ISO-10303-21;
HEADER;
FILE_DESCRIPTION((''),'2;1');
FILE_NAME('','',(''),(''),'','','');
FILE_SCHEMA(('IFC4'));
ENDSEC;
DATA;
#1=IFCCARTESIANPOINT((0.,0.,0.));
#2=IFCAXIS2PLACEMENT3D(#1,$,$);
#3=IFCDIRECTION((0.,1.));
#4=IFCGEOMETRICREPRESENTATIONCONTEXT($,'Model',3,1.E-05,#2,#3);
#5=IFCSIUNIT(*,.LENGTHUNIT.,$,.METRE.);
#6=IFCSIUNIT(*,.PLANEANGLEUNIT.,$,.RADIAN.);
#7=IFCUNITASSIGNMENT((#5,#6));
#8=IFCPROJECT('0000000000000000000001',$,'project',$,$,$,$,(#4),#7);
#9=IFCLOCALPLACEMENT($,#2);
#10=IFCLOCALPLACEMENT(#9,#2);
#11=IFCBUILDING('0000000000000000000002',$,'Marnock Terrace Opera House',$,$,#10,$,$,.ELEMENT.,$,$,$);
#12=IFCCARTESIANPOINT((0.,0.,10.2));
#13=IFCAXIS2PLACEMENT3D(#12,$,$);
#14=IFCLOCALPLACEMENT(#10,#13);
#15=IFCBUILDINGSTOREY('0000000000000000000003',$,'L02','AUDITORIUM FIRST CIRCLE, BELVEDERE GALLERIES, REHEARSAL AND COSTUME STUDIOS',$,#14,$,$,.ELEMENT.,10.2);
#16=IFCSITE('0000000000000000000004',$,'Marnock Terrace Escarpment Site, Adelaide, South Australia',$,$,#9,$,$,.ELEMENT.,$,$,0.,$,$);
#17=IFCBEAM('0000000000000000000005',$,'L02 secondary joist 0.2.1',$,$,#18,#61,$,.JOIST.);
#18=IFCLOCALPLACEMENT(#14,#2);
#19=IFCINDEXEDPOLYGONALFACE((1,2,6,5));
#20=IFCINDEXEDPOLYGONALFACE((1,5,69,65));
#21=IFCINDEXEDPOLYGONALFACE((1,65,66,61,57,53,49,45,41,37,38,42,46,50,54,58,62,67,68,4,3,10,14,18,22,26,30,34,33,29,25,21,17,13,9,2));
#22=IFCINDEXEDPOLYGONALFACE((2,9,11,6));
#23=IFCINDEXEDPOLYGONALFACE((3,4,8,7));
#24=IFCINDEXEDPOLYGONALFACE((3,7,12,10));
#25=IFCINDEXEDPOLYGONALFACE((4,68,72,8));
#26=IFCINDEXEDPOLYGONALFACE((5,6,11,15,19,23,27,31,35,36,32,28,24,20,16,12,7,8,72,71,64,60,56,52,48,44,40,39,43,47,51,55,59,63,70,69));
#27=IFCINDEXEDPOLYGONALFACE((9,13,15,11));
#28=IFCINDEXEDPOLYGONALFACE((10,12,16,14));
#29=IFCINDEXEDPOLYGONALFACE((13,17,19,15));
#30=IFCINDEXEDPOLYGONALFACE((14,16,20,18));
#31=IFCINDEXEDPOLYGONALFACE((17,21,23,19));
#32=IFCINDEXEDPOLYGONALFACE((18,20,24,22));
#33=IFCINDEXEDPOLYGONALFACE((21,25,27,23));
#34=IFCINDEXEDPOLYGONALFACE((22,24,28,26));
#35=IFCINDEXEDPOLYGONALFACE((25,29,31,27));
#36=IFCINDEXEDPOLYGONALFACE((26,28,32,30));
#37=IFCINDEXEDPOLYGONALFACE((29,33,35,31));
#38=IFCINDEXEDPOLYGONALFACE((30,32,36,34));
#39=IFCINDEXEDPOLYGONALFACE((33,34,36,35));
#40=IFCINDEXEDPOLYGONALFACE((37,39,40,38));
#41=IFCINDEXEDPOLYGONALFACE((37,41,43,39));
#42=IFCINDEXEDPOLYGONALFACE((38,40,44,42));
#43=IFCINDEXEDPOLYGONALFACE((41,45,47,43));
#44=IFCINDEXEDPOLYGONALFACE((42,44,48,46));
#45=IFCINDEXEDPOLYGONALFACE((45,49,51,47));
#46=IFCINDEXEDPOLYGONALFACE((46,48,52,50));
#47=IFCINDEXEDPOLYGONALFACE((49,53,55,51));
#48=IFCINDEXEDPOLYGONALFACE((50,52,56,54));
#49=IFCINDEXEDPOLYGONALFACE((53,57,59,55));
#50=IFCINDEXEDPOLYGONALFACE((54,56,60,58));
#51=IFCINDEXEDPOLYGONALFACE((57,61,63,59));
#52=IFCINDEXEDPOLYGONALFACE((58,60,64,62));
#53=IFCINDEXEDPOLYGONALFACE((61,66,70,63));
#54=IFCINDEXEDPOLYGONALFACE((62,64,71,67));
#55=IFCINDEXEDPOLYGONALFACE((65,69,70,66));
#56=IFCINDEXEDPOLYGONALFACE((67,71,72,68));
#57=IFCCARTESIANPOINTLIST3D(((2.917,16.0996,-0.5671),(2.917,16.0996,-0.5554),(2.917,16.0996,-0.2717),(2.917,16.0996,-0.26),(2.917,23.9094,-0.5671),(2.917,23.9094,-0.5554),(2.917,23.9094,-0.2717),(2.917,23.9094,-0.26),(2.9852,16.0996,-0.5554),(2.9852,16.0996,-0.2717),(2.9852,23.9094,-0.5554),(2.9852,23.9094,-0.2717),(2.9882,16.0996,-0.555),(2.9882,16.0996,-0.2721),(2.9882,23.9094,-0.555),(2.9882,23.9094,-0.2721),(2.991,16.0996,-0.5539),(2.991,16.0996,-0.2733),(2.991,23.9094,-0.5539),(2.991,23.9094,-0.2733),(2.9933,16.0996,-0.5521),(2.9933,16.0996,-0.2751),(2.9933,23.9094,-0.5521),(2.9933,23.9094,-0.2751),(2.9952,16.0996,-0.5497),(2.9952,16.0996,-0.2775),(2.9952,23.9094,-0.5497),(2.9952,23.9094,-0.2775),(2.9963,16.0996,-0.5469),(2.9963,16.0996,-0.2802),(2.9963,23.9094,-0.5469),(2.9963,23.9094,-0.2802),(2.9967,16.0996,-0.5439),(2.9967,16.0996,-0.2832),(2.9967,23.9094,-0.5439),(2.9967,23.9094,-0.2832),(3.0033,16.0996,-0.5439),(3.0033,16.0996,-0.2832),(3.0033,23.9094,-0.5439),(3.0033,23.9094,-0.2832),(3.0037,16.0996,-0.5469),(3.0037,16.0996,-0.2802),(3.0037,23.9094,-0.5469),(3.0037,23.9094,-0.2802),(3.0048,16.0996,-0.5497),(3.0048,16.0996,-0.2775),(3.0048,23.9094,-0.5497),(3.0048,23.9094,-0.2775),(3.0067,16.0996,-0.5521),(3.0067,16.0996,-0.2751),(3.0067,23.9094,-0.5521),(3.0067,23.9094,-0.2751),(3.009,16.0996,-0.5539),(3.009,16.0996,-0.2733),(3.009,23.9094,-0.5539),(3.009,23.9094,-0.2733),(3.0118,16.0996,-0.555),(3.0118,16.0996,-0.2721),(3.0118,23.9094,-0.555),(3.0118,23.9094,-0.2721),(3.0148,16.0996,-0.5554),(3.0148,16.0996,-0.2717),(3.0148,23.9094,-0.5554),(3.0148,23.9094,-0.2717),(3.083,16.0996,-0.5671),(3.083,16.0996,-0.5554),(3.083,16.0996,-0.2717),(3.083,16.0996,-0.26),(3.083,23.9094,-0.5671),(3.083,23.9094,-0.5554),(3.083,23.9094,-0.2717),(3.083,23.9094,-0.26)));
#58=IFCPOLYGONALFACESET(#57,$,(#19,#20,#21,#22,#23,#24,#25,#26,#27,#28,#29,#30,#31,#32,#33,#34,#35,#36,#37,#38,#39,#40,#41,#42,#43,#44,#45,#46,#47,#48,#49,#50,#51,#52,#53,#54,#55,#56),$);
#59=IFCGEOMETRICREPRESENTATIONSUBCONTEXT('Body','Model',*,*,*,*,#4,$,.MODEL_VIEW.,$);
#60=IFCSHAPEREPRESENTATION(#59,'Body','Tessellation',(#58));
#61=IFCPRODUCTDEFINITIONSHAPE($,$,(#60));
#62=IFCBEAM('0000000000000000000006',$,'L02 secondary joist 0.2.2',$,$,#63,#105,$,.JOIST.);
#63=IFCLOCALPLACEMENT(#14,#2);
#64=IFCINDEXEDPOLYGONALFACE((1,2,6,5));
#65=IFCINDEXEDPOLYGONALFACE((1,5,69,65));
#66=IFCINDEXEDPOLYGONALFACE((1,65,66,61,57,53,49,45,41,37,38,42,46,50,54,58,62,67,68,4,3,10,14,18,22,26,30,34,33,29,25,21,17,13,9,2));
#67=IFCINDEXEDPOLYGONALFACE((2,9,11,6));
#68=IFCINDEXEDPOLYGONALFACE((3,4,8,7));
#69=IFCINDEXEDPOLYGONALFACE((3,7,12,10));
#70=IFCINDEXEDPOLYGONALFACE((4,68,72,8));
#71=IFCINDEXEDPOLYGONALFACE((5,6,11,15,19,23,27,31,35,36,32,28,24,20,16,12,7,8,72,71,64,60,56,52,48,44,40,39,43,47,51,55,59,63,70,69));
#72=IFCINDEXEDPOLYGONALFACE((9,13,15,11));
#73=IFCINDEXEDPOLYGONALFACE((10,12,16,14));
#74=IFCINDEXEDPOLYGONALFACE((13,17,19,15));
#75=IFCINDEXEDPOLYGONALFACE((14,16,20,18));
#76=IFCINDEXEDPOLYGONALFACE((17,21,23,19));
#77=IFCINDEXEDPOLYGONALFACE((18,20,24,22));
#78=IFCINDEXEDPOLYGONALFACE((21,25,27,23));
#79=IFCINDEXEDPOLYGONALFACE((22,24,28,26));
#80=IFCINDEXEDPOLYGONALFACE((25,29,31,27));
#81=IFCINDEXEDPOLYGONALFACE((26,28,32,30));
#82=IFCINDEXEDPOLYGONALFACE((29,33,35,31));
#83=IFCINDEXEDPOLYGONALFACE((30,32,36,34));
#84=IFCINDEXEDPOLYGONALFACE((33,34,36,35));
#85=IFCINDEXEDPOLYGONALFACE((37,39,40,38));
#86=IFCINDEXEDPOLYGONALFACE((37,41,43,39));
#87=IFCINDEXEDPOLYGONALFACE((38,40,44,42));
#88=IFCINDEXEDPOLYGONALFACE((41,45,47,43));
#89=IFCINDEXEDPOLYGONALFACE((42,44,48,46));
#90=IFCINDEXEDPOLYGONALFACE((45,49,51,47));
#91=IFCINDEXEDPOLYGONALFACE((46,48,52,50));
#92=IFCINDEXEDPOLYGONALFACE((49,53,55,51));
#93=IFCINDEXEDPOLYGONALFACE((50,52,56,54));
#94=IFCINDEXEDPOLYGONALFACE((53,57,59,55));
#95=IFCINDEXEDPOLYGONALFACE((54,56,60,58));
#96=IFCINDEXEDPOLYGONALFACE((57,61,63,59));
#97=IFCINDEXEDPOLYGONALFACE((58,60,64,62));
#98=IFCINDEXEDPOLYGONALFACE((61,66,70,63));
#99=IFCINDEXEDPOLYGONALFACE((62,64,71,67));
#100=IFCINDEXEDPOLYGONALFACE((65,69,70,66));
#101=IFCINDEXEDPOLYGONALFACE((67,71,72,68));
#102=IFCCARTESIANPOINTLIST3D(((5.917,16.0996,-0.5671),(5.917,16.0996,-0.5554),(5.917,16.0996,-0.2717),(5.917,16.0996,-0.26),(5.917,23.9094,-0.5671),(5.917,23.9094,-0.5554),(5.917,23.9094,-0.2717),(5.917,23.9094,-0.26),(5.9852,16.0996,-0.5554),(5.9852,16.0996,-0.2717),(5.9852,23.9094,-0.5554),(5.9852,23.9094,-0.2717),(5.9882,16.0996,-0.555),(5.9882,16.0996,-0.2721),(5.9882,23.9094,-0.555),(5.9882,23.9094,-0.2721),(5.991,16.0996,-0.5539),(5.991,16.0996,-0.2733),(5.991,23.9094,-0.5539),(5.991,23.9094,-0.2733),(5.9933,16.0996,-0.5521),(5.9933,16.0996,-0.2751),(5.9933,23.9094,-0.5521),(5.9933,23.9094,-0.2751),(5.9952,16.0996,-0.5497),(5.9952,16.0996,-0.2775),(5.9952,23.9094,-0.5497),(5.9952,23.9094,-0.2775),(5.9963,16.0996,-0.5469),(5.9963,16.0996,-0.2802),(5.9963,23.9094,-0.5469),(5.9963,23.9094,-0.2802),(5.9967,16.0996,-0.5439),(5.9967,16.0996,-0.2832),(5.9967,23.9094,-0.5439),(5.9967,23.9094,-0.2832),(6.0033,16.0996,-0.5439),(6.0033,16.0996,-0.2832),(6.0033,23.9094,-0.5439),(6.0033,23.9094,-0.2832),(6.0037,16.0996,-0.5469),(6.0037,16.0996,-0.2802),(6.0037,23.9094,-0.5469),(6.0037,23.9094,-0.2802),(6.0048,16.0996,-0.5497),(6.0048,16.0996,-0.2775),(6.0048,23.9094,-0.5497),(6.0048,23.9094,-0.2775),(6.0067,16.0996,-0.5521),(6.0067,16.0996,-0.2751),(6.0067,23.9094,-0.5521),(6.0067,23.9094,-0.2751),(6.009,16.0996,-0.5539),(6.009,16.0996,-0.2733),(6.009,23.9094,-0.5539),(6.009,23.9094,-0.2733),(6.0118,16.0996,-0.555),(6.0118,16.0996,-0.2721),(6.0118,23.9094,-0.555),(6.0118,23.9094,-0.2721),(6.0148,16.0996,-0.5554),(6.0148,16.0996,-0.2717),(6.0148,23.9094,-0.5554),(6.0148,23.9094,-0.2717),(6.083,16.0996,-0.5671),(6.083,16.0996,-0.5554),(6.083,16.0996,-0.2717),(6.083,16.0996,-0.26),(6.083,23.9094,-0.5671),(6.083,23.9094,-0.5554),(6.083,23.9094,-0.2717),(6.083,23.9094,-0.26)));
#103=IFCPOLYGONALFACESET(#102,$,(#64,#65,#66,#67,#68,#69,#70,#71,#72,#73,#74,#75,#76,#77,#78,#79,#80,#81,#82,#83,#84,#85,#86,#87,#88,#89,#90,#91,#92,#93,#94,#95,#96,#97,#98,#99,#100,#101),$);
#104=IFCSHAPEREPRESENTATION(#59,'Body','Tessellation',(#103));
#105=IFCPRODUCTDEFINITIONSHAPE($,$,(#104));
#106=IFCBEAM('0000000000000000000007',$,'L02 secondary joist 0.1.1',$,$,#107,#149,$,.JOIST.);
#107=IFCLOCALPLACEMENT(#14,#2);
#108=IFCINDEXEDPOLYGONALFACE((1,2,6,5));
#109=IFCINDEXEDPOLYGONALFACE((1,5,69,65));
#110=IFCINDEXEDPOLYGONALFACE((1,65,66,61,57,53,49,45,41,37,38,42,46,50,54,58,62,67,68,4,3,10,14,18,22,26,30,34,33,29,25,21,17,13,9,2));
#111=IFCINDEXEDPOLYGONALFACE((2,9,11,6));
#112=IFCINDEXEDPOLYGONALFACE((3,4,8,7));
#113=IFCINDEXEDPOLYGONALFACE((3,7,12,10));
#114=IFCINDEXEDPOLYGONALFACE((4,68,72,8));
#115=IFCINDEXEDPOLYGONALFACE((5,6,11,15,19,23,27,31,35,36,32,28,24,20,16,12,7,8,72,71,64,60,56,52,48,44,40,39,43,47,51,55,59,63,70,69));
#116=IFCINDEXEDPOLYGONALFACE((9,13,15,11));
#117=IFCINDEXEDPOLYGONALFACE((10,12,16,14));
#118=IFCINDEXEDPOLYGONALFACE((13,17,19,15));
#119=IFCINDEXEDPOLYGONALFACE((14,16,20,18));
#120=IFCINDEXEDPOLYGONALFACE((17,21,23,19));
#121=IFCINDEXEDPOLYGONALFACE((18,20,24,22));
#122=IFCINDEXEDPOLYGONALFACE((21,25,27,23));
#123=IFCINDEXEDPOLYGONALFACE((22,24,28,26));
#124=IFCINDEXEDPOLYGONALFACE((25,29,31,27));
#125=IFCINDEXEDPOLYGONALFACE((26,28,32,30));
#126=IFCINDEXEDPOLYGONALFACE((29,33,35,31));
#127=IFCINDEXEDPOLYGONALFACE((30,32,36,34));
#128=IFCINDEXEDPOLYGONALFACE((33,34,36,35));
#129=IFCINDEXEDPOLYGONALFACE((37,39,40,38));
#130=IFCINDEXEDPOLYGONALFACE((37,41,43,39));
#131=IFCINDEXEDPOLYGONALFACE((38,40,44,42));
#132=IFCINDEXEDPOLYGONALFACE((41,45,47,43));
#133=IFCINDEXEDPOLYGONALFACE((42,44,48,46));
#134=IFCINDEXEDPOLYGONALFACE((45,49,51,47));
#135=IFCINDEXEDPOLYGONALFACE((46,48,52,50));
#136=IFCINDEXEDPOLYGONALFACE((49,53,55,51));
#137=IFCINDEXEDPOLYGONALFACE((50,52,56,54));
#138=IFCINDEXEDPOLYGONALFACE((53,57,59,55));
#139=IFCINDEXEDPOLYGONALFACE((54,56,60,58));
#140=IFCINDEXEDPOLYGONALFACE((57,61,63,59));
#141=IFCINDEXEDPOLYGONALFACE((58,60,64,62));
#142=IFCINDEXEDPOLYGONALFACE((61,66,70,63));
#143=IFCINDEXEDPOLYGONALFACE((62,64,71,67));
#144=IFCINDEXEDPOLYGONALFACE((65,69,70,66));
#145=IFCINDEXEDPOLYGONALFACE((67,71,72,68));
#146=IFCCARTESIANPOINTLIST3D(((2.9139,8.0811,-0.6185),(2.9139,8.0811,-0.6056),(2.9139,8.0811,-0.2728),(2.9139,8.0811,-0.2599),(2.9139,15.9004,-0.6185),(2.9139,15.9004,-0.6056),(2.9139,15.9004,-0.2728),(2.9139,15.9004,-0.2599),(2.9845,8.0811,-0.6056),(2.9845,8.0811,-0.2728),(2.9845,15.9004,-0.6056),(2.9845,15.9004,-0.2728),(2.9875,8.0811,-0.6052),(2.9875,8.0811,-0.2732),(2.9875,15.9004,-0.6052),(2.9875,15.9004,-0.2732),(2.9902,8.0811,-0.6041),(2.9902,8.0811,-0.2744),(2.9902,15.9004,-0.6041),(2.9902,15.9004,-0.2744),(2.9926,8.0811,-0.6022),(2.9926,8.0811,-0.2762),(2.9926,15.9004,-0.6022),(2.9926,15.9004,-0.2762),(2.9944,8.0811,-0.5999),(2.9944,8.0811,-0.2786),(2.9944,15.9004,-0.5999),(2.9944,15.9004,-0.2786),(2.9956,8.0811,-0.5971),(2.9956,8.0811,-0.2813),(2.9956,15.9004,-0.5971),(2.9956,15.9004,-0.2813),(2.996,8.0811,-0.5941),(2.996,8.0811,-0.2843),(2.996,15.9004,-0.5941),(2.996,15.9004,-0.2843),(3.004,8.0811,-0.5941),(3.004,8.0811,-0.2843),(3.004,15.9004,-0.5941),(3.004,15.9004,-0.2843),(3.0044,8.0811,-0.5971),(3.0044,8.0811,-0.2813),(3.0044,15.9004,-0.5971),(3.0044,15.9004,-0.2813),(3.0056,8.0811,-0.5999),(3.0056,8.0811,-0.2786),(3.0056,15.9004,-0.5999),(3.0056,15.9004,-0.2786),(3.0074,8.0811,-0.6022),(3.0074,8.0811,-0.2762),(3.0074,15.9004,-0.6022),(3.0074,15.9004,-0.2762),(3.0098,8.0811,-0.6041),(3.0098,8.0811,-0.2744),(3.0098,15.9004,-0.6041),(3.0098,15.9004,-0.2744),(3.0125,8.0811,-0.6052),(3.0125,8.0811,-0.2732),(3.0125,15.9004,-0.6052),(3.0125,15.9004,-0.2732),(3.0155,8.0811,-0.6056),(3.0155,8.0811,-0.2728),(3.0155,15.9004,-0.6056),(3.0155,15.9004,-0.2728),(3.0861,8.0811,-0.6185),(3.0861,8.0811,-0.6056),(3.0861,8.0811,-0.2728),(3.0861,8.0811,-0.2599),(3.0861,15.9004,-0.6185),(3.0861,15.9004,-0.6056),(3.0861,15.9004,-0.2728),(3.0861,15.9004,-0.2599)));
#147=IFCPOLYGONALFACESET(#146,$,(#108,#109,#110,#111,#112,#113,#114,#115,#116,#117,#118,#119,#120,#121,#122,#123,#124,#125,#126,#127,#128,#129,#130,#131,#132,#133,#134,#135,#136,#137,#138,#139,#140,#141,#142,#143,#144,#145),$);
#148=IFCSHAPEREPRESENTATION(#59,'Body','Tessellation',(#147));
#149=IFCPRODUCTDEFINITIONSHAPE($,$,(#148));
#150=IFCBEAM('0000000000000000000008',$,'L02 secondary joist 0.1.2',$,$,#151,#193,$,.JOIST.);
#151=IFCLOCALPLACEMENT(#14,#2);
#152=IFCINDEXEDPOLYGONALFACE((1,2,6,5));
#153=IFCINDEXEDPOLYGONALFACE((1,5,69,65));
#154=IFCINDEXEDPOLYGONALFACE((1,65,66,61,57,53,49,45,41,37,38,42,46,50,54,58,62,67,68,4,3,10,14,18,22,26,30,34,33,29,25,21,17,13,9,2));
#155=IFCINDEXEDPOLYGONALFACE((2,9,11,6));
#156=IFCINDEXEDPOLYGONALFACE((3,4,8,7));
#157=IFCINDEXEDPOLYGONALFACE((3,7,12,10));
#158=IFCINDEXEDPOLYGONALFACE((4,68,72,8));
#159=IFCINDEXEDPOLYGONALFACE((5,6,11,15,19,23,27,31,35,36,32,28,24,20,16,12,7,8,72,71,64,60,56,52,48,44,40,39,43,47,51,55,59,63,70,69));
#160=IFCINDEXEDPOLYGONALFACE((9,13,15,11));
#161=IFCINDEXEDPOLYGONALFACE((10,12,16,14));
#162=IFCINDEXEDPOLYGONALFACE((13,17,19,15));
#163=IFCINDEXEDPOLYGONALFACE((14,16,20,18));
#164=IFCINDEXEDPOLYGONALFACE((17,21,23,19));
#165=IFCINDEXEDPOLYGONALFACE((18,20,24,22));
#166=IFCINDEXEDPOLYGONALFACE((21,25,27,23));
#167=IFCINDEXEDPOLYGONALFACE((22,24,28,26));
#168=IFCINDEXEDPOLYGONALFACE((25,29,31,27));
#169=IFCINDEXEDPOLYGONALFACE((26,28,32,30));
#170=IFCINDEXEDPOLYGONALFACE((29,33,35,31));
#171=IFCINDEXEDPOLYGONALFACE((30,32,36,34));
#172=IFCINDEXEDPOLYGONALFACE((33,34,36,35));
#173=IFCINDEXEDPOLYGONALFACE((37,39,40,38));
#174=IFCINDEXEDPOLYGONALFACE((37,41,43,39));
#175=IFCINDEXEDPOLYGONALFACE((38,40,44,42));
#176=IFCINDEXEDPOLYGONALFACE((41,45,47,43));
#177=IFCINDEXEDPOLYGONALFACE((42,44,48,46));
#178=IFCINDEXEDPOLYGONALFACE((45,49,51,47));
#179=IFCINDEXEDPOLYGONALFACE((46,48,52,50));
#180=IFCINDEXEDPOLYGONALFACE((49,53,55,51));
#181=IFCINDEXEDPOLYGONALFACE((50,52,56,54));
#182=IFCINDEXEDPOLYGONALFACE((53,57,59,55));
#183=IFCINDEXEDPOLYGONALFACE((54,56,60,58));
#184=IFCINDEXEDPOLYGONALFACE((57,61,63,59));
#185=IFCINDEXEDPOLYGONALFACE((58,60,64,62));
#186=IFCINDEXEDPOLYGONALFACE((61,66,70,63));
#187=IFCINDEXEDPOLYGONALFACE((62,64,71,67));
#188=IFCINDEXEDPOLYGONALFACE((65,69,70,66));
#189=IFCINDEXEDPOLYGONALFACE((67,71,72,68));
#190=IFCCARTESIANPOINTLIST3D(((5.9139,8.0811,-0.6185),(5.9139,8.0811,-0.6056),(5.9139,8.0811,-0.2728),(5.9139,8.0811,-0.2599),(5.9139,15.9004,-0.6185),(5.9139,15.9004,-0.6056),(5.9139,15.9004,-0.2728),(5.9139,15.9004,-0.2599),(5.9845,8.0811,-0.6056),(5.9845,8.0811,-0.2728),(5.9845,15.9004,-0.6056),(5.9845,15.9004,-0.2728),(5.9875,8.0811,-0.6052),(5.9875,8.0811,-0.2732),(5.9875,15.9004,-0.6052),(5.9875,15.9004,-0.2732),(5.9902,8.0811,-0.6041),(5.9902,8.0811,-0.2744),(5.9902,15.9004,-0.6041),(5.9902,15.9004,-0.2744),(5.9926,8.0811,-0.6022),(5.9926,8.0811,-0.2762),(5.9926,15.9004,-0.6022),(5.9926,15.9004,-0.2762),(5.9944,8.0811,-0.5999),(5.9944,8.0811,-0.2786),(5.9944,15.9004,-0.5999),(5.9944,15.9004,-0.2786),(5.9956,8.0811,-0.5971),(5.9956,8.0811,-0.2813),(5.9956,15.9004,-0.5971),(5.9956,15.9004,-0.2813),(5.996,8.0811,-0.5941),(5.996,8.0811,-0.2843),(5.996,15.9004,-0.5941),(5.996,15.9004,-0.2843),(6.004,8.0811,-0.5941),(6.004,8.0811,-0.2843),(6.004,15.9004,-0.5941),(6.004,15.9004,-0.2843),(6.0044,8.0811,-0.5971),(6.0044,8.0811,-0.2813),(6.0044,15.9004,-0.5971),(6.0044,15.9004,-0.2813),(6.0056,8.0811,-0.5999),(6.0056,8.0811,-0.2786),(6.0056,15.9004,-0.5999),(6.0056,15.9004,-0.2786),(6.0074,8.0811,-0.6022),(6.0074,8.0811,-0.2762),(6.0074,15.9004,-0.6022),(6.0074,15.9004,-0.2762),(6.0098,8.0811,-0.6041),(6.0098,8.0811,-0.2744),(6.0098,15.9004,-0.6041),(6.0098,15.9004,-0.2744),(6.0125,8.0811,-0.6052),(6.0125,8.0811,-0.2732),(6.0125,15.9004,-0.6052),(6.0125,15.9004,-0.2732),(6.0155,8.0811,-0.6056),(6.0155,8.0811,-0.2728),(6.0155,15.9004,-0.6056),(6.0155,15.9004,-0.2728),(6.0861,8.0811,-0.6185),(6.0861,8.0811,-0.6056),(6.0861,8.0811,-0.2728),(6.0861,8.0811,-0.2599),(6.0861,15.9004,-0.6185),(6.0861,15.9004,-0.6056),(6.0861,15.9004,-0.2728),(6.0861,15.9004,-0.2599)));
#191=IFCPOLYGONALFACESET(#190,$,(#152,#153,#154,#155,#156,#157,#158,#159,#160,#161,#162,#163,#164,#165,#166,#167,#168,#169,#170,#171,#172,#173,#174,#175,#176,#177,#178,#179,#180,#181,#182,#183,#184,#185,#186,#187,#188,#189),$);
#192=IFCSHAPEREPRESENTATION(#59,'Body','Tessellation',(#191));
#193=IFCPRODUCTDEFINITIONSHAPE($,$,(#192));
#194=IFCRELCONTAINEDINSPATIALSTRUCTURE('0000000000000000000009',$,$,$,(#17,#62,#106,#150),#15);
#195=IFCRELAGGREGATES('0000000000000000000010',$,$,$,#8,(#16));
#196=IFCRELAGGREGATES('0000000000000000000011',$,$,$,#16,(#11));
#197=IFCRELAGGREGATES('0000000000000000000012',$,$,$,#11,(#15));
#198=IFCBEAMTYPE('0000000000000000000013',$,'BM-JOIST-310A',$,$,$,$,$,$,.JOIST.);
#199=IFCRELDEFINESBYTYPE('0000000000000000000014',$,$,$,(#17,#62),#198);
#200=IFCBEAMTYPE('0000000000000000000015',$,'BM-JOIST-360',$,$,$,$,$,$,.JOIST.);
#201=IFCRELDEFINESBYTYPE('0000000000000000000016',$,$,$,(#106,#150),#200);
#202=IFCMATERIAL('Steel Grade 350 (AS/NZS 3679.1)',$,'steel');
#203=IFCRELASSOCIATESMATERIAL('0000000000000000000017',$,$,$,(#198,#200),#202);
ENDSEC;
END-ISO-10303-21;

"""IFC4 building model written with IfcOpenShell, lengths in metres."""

from ifc_helpers import new_model, si_unit, direction, frame, origin, origin_2d, place, context, subcontext, project, spatial, i_section, extrude, material, material_profile, profile_set, type_object, element, save


model = new_model("IFC4")

# Units and contexts
model_context = context("Model", 3, precision=1e-05, world=origin(), true_north=direction((0.0, 1.0)))
body_context = subcontext(model_context, "Body", "Model", "MODEL_VIEW")
ifc_project = project(units=[si_unit("LENGTHUNIT", "METRE"), si_unit("PLANEANGLEUNIT", "RADIAN")], contexts=[model_context])

# Site, building, storey
site_placement = place(None, origin())
site = spatial("IfcSite", under=ifc_project, at=site_placement, Name="Marnock Terrace Escarpment Site, Adelaide, South Australia", CompositionType="ELEMENT", RefElevation=0.0)
building_placement = place(site_placement, origin())
building = spatial("IfcBuilding", under=site, at=building_placement, Name="Marnock Terrace Opera House", CompositionType="ELEMENT")
storey_placement = place(building_placement, frame((0.0, 0.0, 10.2)))
storey = spatial("IfcBuildingStorey", under=building, at=storey_placement, Name="L02", Description="AUDITORIUM FIRST CIRCLE, BELVEDERE GALLERIES, REHEARSAL AND COSTUME STUDIOS", CompositionType="ELEMENT", Elevation=10.2)

# Shared definitions
ifc_material_1 = material(Name="Steel Grade 350 (AS/NZS 3679.1)", Category="steel")

# Beams
ifc_material_profile_1 = material_profile(ifc_material_1, i_section(OverallWidth=0.166, OverallDepth=0.3071, WebThickness=0.0066, FlangeThickness=0.0117, FilletRadius=0.0115, at=origin_2d()))
ifc_profile_set_1 = profile_set([ifc_material_profile_1], Name="Steel Grade 350 (AS/NZS 3679.1)")
beam_type_1 = type_object("IfcBeamType", Name="BM-JOIST-310A", PredefinedType="JOIST", material=ifc_profile_set_1)
for number, where, z_axis, x_axis, name in (
    (1, (3.0, 16.0996, -0.4136), (0.0, 1.0, 0.0), (-1.0, 0.0, 0.0), "L02 secondary joist 0.2.1"),
    (2, (6.0, 16.0996, -0.4136), (0.0, 1.0, 0.0), (-1.0, 0.0, 0.0), "L02 secondary joist 0.2.2"),
):
    element("IfcBeam", number, at=place(storey_placement, frame(where, z_axis=z_axis, x_axis=x_axis)), inside=storey, type_object=beam_type_1, Name=name, PredefinedType="JOIST", context=body_context, shape_type="SweptSolid", body=[
        extrude(i_section(OverallWidth=0.166, OverallDepth=0.3071, WebThickness=0.0066, FlangeThickness=0.0117, FilletRadius=0.0115, at=origin_2d()), origin(), (0.0, 0.0, 1.0), 7.8098),
    ])
ifc_material_profile_2 = material_profile(ifc_material_1, i_section(OverallWidth=0.1721, OverallDepth=0.3586, WebThickness=0.0081, FlangeThickness=0.0129, FilletRadius=0.0115, at=origin_2d()))
ifc_profile_set_2 = profile_set([ifc_material_profile_2], Name="Steel Grade 350 (AS/NZS 3679.1)")
beam_type_2 = type_object("IfcBeamType", Name="BM-JOIST-360", PredefinedType="JOIST", material=ifc_profile_set_2)
for number, where, z_axis, x_axis, name in (
    (3, (3.0, 8.0811, -0.4392), (0.0, 1.0, 0.0), (-1.0, 0.0, 0.0), "L02 secondary joist 0.1.1"),
    (4, (6.0, 8.0811, -0.4392), (0.0, 1.0, 0.0), (-1.0, 0.0, 0.0), "L02 secondary joist 0.1.2"),
):
    element("IfcBeam", number, at=place(storey_placement, frame(where, z_axis=z_axis, x_axis=x_axis)), inside=storey, type_object=beam_type_2, Name=name, PredefinedType="JOIST", context=body_context, shape_type="SweptSolid", body=[
        extrude(i_section(OverallWidth=0.1721, OverallDepth=0.3586, WebThickness=0.0081, FlangeThickness=0.0129, FilletRadius=0.0115, at=origin_2d()), origin(), (0.0, 0.0, 1.0), 7.8193),
    ])

save(model, "model.ifc")
